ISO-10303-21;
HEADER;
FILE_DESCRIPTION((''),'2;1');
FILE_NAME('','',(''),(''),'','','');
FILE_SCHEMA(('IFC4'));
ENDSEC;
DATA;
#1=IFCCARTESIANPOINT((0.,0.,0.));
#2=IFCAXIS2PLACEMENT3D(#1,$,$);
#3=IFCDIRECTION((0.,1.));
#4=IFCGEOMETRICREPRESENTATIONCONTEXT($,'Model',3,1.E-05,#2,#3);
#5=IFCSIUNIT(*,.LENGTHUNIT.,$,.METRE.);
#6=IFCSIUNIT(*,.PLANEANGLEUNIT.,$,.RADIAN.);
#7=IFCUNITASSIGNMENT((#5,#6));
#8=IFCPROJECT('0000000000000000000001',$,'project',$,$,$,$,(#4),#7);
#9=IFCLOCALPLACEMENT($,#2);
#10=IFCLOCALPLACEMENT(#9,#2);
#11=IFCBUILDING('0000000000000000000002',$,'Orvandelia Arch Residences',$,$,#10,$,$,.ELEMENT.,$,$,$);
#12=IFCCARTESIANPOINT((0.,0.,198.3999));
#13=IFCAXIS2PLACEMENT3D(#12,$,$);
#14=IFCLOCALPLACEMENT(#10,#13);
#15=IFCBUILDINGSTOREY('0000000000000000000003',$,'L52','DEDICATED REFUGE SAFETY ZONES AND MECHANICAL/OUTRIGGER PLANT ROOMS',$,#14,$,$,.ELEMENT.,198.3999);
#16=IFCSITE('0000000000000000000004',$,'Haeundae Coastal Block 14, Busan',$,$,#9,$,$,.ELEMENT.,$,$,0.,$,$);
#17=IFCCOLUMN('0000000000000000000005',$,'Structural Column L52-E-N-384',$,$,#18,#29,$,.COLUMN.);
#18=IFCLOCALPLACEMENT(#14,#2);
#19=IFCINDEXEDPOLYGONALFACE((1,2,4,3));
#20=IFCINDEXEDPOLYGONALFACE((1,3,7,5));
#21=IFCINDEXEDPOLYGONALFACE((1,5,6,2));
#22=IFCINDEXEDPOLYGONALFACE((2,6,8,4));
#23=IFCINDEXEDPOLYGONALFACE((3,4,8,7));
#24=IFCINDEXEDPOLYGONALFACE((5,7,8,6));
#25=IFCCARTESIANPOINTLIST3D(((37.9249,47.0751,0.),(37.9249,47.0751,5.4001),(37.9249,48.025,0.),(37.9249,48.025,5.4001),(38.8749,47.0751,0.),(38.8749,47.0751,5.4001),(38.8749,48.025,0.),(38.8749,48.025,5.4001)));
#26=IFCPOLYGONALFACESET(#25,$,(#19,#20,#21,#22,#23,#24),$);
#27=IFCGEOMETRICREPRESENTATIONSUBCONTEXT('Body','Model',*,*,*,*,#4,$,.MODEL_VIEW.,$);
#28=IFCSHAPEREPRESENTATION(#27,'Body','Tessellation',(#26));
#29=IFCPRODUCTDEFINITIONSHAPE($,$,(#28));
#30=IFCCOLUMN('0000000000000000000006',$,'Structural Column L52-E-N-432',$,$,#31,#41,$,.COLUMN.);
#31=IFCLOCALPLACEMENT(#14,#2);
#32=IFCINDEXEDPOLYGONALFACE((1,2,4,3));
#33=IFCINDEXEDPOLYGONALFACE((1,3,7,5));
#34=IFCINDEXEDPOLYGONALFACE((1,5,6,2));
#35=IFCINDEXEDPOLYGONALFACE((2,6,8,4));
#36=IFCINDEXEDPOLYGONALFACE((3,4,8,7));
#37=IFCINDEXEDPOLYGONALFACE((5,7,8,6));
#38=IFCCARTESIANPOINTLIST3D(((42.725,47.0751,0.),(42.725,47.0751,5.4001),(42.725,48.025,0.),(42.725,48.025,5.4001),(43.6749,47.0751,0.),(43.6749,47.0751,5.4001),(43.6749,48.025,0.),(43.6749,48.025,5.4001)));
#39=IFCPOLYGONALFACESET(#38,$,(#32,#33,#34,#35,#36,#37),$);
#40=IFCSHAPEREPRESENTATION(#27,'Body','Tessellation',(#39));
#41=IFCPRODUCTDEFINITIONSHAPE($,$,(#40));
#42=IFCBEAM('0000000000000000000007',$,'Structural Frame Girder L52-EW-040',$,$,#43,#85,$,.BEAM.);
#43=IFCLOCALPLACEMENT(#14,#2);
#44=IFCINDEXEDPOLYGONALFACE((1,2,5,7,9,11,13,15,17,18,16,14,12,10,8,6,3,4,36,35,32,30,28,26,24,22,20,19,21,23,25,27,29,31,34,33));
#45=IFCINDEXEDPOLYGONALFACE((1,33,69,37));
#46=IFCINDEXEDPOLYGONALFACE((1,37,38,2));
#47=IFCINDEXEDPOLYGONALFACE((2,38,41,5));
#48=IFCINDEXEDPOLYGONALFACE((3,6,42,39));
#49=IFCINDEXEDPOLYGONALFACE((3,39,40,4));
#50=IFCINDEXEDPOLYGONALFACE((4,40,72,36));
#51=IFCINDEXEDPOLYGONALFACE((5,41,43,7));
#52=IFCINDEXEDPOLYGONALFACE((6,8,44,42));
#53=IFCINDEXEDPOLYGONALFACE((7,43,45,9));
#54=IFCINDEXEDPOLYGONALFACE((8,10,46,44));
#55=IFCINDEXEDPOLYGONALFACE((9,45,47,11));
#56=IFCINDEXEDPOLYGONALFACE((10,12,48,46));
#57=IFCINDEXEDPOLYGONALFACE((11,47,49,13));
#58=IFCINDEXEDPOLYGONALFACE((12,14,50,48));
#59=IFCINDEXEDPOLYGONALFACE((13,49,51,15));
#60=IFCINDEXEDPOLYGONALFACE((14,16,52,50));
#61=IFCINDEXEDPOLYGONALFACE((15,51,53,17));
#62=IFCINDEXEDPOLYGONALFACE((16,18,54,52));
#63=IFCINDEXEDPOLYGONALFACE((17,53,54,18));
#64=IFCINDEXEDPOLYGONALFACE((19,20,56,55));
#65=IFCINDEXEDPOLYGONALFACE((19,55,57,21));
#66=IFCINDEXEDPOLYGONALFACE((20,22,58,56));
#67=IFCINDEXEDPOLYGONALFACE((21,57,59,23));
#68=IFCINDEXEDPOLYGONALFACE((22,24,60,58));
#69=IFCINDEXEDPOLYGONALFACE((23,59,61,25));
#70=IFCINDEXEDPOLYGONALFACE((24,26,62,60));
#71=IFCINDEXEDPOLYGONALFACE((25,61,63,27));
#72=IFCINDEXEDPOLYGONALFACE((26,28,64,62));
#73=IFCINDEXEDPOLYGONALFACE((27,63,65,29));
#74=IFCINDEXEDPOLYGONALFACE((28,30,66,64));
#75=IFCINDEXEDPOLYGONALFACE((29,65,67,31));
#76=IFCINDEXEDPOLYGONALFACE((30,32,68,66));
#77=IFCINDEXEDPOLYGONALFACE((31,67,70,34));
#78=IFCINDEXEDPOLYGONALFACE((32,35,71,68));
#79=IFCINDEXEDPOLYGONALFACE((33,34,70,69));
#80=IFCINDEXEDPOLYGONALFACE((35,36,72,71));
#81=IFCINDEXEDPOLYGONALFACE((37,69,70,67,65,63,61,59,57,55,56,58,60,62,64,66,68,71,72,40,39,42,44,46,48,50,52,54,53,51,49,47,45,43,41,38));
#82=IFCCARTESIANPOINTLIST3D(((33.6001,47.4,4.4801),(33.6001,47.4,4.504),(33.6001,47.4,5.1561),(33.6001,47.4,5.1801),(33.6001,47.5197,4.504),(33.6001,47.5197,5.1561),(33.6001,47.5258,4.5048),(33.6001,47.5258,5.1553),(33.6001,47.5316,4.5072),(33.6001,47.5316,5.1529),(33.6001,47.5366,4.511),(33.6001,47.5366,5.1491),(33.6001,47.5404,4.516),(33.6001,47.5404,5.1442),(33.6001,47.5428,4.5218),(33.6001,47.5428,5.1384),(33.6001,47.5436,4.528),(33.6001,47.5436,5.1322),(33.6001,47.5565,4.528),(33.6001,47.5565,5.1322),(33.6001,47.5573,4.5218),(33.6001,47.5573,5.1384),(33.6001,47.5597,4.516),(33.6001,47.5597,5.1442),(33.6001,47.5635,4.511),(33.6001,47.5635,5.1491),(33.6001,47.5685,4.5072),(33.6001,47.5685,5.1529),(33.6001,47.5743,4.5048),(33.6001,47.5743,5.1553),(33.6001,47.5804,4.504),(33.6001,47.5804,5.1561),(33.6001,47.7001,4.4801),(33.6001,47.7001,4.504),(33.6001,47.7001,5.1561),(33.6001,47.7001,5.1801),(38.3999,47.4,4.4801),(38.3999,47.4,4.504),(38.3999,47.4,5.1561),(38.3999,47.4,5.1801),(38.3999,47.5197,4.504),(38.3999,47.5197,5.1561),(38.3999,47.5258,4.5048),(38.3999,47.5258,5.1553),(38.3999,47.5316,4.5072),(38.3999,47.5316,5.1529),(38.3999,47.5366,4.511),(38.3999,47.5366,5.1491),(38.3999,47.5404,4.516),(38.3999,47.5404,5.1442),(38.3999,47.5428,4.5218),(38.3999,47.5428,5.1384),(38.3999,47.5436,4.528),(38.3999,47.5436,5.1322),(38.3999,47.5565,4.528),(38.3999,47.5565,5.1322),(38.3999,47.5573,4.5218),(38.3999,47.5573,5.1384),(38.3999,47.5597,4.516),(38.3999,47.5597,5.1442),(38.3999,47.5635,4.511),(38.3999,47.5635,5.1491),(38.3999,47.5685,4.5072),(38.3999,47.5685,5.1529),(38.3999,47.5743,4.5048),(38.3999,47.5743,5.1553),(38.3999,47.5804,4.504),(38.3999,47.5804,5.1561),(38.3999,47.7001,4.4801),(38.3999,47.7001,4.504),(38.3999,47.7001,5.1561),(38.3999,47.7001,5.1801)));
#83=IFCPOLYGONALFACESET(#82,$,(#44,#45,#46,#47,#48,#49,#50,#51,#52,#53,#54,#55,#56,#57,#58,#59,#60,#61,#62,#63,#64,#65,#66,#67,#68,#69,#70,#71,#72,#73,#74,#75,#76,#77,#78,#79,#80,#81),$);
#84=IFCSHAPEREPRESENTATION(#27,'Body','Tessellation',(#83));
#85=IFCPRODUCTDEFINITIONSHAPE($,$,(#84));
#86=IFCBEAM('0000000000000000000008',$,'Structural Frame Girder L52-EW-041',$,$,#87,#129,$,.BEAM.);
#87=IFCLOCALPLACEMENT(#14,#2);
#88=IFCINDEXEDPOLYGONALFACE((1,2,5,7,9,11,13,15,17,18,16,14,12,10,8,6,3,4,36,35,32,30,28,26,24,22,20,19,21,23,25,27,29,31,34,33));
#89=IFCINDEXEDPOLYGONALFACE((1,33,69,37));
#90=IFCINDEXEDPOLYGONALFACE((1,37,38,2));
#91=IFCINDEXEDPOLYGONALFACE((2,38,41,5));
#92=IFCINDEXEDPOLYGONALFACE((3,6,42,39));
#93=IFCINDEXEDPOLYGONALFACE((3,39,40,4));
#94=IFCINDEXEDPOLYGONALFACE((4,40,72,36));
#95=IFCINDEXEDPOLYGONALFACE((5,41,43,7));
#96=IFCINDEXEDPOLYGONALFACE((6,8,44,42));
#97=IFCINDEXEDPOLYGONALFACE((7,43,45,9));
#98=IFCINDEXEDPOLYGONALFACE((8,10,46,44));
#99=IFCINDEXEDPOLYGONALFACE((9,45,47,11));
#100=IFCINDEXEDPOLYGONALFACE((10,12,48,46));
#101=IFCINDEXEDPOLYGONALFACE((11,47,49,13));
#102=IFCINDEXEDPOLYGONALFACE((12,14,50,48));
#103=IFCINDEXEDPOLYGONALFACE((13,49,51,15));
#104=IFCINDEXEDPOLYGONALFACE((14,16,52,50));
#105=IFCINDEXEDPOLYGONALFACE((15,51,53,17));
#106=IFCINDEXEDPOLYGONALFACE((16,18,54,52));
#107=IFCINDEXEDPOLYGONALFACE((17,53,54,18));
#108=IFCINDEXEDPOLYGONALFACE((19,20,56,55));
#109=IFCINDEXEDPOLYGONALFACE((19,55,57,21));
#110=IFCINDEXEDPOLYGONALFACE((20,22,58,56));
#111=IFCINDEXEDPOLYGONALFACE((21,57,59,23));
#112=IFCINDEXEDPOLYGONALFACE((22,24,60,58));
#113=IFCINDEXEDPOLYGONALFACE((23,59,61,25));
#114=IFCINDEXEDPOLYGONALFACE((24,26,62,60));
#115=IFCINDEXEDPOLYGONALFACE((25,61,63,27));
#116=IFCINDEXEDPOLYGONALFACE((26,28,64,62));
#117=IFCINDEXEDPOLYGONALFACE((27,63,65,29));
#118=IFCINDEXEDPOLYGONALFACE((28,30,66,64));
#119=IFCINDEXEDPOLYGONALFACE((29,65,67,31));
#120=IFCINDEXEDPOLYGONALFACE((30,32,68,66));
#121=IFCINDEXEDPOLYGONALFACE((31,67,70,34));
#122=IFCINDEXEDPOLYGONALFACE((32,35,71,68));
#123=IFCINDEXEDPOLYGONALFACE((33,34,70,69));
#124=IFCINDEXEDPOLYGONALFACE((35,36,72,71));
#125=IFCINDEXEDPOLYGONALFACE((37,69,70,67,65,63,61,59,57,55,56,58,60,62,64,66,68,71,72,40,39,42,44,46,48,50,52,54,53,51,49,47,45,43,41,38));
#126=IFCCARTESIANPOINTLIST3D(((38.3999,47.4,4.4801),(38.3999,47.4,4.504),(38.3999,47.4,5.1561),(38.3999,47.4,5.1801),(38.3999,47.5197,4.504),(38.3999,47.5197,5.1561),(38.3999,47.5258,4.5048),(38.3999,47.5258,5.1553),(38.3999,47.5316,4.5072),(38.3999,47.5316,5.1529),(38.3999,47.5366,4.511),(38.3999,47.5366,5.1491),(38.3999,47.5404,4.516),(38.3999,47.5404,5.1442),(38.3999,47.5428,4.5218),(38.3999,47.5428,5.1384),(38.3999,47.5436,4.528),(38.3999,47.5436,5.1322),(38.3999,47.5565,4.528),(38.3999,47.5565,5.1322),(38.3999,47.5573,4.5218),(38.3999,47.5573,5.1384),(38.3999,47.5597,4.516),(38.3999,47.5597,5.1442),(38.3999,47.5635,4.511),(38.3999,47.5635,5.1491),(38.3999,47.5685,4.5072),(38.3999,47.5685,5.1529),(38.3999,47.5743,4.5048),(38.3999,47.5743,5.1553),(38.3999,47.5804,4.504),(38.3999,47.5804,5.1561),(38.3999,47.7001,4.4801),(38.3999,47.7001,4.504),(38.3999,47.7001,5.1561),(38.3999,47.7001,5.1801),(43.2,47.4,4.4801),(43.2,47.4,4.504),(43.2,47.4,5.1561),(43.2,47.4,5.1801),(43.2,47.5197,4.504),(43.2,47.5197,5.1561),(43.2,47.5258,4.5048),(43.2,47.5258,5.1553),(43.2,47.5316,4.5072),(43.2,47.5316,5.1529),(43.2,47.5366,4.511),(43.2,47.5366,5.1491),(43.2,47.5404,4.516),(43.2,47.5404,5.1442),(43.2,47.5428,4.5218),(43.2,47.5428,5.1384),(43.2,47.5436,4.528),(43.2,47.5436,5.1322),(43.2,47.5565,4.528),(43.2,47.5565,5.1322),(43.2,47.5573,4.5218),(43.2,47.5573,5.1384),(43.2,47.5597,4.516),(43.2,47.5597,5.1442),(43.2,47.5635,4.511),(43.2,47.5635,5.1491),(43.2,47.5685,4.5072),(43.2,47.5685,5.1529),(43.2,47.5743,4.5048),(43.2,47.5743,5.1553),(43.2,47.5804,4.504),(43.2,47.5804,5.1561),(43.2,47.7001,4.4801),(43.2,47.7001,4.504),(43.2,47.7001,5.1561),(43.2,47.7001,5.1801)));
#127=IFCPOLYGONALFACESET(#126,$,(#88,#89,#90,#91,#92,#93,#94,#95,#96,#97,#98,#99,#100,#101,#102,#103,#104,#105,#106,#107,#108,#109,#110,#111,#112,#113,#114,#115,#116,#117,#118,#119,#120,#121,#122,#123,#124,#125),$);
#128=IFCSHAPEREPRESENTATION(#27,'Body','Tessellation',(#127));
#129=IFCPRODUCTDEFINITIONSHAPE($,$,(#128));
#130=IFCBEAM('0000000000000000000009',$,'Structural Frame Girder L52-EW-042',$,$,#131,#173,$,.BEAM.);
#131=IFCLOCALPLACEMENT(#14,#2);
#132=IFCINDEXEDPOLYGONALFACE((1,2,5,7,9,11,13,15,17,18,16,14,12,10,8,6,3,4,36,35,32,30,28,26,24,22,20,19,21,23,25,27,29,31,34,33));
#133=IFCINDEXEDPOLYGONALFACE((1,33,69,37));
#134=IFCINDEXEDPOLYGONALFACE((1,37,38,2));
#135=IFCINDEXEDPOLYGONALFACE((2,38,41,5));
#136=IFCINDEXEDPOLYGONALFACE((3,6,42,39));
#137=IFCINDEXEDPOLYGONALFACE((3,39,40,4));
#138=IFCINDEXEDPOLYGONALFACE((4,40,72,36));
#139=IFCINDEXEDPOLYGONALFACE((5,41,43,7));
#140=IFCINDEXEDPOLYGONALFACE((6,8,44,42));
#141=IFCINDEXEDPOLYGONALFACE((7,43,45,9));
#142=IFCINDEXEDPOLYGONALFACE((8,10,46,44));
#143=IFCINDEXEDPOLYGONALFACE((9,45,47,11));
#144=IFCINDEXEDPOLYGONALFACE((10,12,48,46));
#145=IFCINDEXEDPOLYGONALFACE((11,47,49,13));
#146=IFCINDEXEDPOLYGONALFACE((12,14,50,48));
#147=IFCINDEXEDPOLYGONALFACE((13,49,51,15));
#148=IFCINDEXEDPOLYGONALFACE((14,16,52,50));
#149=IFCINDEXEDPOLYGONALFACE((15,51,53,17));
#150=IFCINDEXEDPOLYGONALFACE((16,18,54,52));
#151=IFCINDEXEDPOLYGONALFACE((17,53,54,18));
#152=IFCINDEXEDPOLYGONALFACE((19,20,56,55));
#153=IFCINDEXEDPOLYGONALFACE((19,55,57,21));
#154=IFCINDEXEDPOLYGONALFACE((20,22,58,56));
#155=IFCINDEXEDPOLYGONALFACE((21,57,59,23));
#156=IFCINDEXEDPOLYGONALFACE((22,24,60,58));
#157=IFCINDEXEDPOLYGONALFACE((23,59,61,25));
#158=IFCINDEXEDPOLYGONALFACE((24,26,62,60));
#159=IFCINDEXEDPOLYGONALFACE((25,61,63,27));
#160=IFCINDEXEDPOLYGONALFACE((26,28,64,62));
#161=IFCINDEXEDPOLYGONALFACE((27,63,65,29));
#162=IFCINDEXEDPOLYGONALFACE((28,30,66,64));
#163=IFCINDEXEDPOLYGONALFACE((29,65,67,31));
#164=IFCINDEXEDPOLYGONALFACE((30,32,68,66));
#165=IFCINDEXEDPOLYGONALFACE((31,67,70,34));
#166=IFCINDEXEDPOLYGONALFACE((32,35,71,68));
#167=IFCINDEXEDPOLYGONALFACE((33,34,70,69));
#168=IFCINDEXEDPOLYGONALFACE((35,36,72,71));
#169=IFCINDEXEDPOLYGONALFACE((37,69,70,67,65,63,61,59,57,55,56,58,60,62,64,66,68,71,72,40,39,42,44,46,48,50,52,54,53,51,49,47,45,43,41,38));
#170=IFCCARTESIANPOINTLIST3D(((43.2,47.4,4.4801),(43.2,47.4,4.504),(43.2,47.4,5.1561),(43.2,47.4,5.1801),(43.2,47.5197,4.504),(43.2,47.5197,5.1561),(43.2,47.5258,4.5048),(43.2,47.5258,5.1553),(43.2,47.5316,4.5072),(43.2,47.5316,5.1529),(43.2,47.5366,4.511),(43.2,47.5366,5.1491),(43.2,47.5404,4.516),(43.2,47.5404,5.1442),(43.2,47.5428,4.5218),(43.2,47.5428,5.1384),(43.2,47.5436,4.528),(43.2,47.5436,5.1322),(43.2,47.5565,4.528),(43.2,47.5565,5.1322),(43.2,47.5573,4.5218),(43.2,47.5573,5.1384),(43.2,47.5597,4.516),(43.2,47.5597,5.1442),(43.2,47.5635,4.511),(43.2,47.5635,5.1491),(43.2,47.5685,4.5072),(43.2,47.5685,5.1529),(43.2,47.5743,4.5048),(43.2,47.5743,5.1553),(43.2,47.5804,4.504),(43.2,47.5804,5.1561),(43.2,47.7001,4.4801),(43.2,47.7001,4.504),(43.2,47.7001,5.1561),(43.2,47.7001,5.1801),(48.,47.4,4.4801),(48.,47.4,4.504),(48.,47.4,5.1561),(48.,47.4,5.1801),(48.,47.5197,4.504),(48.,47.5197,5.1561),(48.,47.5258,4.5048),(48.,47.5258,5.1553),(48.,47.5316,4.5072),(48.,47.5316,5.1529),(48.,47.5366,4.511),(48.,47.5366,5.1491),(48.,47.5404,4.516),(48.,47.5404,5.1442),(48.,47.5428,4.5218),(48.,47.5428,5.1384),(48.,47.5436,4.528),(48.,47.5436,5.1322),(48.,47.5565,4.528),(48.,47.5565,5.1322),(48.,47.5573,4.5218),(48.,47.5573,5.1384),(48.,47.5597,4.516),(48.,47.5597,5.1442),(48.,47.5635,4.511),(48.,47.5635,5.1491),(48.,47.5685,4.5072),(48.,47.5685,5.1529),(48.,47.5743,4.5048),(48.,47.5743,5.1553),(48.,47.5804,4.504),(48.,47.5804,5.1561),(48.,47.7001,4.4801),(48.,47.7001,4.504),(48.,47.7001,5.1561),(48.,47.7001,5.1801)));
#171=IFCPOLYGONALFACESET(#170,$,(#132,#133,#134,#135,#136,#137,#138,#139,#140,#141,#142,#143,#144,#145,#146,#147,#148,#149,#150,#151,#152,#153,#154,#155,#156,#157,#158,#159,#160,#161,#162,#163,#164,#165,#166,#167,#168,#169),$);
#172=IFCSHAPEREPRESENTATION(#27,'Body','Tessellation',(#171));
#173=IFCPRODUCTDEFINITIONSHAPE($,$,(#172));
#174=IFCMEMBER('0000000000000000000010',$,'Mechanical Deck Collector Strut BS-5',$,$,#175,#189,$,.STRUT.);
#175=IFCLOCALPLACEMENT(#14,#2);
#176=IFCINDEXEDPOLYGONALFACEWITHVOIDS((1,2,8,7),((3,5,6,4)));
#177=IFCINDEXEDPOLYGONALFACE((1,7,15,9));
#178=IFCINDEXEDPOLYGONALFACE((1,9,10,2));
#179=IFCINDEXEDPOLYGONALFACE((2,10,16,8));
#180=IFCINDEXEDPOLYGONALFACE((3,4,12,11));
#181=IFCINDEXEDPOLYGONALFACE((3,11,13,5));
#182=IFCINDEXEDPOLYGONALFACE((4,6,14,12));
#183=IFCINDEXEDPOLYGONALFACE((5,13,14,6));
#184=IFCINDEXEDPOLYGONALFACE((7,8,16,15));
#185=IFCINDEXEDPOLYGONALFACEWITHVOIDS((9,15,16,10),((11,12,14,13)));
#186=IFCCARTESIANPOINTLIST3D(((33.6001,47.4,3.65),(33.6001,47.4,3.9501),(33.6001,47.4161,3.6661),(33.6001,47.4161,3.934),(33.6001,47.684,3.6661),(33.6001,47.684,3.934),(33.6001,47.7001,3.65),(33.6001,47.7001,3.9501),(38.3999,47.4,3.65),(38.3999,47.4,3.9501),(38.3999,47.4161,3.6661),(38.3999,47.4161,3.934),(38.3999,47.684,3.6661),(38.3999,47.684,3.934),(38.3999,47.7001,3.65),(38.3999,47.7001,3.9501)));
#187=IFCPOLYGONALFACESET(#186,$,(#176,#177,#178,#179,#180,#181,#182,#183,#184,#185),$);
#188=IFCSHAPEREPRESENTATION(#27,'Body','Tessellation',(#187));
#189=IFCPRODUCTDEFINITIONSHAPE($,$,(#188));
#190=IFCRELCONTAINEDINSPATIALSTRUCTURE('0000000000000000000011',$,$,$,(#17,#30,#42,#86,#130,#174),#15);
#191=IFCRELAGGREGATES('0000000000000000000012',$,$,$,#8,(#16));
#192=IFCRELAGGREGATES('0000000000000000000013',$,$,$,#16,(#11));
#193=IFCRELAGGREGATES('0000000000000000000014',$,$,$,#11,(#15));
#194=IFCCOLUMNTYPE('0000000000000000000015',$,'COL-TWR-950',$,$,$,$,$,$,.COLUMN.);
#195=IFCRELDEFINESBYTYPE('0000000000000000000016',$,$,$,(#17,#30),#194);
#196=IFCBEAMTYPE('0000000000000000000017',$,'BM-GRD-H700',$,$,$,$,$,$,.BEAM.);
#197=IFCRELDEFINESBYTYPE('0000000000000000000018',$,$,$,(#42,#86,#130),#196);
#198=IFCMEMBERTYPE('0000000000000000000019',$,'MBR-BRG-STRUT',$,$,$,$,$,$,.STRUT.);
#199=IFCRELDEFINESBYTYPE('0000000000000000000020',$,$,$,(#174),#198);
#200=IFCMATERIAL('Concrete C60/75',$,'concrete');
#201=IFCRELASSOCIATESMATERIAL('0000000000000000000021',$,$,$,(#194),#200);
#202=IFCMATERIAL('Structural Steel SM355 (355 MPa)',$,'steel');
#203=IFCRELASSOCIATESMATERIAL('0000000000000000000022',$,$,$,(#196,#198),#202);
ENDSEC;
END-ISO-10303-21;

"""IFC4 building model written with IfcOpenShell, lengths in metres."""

from ifc_helpers import new_model, si_unit, direction, frame, origin, origin_2d, place, context, subcontext, project, spatial, rectangle, hollow_rectangle, i_section, extrude, material, material_profile, profile_set, type_object, element, save


model = new_model("IFC4")

# Units and contexts
model_context = context("Model", 3, precision=1e-05, world=origin(), true_north=direction((0.0, 1.0)))
body_context = subcontext(model_context, "Body", "Model", "MODEL_VIEW")
ifc_project = project(units=[si_unit("LENGTHUNIT", "METRE"), si_unit("PLANEANGLEUNIT", "RADIAN")], contexts=[model_context])

# Site, building, storey
site_placement = place(None, origin())
site = spatial("IfcSite", under=ifc_project, at=site_placement, Name="Haeundae Coastal Block 14, Busan", CompositionType="ELEMENT", RefElevation=0.0)
building_placement = place(site_placement, origin())
building = spatial("IfcBuilding", under=site, at=building_placement, Name="Orvandelia Arch Residences", CompositionType="ELEMENT")
storey_placement = place(building_placement, frame((0.0, 0.0, 198.3999)))
storey = spatial("IfcBuildingStorey", under=building, at=storey_placement, Name="L52", Description="DEDICATED REFUGE SAFETY ZONES AND MECHANICAL/OUTRIGGER PLANT ROOMS", CompositionType="ELEMENT", Elevation=198.3999)

# Columns
ifc_material_1 = material(Name="Concrete C60/75", Category="concrete")
ifc_material_profile_1 = material_profile(ifc_material_1, rectangle(XDim=0.95, YDim=0.95, at=origin_2d()), Name="Concrete C60/75", Category="concrete")
ifc_profile_set_1 = profile_set([ifc_material_profile_1], Name="Concrete C60/75")
column_type = type_object("IfcColumnType", Name="COL-TWR-950", PredefinedType="COLUMN", material=ifc_profile_set_1)
for number, where, z_axis, x_axis, name in (
    (1, (38.3999, 47.55, 0.0), (0.0, 0.0, 1.0), (1.0, 0.0, 0.0), "Structural Column L52-E-N-384"),
    (2, (43.2, 47.55, 0.0), (0.0, 0.0, 1.0), (1.0, 0.0, 0.0), "Structural Column L52-E-N-432"),
):
    element("IfcColumn", number, at=place(storey_placement, frame(where, z_axis=z_axis, x_axis=x_axis)), inside=storey, type_object=column_type, Name=name, PredefinedType="COLUMN", context=body_context, shape_type="SweptSolid", body=[
        extrude(rectangle(XDim=0.95, YDim=0.95, at=origin_2d()), origin(), (0.0, 0.0, 1.0), 5.4001),
    ])

# Beams
ifc_material_2 = material(Name="Structural Steel SM355 (355 MPa)", Category="steel")
ifc_material_profile_2 = material_profile(ifc_material_2, i_section(OverallWidth=0.3, OverallDepth=0.7, WebThickness=0.0129, FlangeThickness=0.0239, FilletRadius=0.0239, at=origin_2d()), Name="Structural Steel SM355 (355 MPa)", Category="steel")
ifc_profile_set_2 = profile_set([ifc_material_profile_2], Name="Structural Steel SM355 (355 MPa)")
beam_type = type_object("IfcBeamType", Name="BM-GRD-H700", PredefinedType="BEAM", material=ifc_profile_set_2)
beam_placement = place(storey_placement, frame((33.6001, 47.55, 4.8301), z_axis=(1.0, 0.0, 0.0), x_axis=(0.0, 1.0, 0.0)))
element("IfcBeam", 3, at=beam_placement, inside=storey, type_object=beam_type, Name="Structural Frame Girder L52-EW-040", PredefinedType="BEAM", context=body_context, shape_type="SweptSolid", body=[
    extrude(i_section(OverallWidth=0.3, OverallDepth=0.7, WebThickness=0.0129, FlangeThickness=0.0239, FilletRadius=0.0239, at=origin_2d()), origin(), (0.0, 0.0, 1.0), 4.7998),
])
for number, where, z_axis, x_axis, name in (
    (4, (38.3999, 47.55, 4.8301), (1.0, 0.0, 0.0), (0.0, 1.0, 0.0), "Structural Frame Girder L52-EW-041"),
    (5, (43.2, 47.55, 4.8301), (1.0, 0.0, 0.0), (0.0, 1.0, 0.0), "Structural Frame Girder L52-EW-042"),
):
    element("IfcBeam", number, at=place(storey_placement, frame(where, z_axis=z_axis, x_axis=x_axis)), inside=storey, type_object=beam_type, Name=name, PredefinedType="BEAM", context=body_context, shape_type="SweptSolid", body=[
        extrude(i_section(OverallWidth=0.3, OverallDepth=0.7, WebThickness=0.0129, FlangeThickness=0.0239, FilletRadius=0.0239, at=origin_2d()), origin(), (0.0, 0.0, 1.0), 4.8),
    ])

# Member
ifc_material_profile_3 = material_profile(ifc_material_2, hollow_rectangle(XDim=0.3, YDim=0.3, WallThickness=0.0161, at=origin_2d()), Name="Structural Steel SM355 (355 MPa)", Category="steel")
ifc_profile_set_3 = profile_set([ifc_material_profile_3], Name="Structural Steel SM355 (355 MPa)")
member_type_1 = type_object("IfcMemberType", Name="MBR-BRG-STRUT", PredefinedType="STRUT", material=ifc_profile_set_3)
member_1_placement = place(storey_placement, frame((33.6001, 47.55, 3.8), z_axis=(1.0, 0.0, 0.0), x_axis=(0.0, 1.0, 0.0)))
element("IfcMember", 6, at=member_1_placement, inside=storey, type_object=member_type_1, Name="Mechanical Deck Collector Strut BS-5", PredefinedType="STRUT", context=body_context, shape_type="SweptSolid", body=[
    extrude(hollow_rectangle(XDim=0.3, YDim=0.3, WallThickness=0.0161, at=origin_2d()), origin(), (0.0, 0.0, 1.0), 4.7998),
])

save(model, "model.ifc")
